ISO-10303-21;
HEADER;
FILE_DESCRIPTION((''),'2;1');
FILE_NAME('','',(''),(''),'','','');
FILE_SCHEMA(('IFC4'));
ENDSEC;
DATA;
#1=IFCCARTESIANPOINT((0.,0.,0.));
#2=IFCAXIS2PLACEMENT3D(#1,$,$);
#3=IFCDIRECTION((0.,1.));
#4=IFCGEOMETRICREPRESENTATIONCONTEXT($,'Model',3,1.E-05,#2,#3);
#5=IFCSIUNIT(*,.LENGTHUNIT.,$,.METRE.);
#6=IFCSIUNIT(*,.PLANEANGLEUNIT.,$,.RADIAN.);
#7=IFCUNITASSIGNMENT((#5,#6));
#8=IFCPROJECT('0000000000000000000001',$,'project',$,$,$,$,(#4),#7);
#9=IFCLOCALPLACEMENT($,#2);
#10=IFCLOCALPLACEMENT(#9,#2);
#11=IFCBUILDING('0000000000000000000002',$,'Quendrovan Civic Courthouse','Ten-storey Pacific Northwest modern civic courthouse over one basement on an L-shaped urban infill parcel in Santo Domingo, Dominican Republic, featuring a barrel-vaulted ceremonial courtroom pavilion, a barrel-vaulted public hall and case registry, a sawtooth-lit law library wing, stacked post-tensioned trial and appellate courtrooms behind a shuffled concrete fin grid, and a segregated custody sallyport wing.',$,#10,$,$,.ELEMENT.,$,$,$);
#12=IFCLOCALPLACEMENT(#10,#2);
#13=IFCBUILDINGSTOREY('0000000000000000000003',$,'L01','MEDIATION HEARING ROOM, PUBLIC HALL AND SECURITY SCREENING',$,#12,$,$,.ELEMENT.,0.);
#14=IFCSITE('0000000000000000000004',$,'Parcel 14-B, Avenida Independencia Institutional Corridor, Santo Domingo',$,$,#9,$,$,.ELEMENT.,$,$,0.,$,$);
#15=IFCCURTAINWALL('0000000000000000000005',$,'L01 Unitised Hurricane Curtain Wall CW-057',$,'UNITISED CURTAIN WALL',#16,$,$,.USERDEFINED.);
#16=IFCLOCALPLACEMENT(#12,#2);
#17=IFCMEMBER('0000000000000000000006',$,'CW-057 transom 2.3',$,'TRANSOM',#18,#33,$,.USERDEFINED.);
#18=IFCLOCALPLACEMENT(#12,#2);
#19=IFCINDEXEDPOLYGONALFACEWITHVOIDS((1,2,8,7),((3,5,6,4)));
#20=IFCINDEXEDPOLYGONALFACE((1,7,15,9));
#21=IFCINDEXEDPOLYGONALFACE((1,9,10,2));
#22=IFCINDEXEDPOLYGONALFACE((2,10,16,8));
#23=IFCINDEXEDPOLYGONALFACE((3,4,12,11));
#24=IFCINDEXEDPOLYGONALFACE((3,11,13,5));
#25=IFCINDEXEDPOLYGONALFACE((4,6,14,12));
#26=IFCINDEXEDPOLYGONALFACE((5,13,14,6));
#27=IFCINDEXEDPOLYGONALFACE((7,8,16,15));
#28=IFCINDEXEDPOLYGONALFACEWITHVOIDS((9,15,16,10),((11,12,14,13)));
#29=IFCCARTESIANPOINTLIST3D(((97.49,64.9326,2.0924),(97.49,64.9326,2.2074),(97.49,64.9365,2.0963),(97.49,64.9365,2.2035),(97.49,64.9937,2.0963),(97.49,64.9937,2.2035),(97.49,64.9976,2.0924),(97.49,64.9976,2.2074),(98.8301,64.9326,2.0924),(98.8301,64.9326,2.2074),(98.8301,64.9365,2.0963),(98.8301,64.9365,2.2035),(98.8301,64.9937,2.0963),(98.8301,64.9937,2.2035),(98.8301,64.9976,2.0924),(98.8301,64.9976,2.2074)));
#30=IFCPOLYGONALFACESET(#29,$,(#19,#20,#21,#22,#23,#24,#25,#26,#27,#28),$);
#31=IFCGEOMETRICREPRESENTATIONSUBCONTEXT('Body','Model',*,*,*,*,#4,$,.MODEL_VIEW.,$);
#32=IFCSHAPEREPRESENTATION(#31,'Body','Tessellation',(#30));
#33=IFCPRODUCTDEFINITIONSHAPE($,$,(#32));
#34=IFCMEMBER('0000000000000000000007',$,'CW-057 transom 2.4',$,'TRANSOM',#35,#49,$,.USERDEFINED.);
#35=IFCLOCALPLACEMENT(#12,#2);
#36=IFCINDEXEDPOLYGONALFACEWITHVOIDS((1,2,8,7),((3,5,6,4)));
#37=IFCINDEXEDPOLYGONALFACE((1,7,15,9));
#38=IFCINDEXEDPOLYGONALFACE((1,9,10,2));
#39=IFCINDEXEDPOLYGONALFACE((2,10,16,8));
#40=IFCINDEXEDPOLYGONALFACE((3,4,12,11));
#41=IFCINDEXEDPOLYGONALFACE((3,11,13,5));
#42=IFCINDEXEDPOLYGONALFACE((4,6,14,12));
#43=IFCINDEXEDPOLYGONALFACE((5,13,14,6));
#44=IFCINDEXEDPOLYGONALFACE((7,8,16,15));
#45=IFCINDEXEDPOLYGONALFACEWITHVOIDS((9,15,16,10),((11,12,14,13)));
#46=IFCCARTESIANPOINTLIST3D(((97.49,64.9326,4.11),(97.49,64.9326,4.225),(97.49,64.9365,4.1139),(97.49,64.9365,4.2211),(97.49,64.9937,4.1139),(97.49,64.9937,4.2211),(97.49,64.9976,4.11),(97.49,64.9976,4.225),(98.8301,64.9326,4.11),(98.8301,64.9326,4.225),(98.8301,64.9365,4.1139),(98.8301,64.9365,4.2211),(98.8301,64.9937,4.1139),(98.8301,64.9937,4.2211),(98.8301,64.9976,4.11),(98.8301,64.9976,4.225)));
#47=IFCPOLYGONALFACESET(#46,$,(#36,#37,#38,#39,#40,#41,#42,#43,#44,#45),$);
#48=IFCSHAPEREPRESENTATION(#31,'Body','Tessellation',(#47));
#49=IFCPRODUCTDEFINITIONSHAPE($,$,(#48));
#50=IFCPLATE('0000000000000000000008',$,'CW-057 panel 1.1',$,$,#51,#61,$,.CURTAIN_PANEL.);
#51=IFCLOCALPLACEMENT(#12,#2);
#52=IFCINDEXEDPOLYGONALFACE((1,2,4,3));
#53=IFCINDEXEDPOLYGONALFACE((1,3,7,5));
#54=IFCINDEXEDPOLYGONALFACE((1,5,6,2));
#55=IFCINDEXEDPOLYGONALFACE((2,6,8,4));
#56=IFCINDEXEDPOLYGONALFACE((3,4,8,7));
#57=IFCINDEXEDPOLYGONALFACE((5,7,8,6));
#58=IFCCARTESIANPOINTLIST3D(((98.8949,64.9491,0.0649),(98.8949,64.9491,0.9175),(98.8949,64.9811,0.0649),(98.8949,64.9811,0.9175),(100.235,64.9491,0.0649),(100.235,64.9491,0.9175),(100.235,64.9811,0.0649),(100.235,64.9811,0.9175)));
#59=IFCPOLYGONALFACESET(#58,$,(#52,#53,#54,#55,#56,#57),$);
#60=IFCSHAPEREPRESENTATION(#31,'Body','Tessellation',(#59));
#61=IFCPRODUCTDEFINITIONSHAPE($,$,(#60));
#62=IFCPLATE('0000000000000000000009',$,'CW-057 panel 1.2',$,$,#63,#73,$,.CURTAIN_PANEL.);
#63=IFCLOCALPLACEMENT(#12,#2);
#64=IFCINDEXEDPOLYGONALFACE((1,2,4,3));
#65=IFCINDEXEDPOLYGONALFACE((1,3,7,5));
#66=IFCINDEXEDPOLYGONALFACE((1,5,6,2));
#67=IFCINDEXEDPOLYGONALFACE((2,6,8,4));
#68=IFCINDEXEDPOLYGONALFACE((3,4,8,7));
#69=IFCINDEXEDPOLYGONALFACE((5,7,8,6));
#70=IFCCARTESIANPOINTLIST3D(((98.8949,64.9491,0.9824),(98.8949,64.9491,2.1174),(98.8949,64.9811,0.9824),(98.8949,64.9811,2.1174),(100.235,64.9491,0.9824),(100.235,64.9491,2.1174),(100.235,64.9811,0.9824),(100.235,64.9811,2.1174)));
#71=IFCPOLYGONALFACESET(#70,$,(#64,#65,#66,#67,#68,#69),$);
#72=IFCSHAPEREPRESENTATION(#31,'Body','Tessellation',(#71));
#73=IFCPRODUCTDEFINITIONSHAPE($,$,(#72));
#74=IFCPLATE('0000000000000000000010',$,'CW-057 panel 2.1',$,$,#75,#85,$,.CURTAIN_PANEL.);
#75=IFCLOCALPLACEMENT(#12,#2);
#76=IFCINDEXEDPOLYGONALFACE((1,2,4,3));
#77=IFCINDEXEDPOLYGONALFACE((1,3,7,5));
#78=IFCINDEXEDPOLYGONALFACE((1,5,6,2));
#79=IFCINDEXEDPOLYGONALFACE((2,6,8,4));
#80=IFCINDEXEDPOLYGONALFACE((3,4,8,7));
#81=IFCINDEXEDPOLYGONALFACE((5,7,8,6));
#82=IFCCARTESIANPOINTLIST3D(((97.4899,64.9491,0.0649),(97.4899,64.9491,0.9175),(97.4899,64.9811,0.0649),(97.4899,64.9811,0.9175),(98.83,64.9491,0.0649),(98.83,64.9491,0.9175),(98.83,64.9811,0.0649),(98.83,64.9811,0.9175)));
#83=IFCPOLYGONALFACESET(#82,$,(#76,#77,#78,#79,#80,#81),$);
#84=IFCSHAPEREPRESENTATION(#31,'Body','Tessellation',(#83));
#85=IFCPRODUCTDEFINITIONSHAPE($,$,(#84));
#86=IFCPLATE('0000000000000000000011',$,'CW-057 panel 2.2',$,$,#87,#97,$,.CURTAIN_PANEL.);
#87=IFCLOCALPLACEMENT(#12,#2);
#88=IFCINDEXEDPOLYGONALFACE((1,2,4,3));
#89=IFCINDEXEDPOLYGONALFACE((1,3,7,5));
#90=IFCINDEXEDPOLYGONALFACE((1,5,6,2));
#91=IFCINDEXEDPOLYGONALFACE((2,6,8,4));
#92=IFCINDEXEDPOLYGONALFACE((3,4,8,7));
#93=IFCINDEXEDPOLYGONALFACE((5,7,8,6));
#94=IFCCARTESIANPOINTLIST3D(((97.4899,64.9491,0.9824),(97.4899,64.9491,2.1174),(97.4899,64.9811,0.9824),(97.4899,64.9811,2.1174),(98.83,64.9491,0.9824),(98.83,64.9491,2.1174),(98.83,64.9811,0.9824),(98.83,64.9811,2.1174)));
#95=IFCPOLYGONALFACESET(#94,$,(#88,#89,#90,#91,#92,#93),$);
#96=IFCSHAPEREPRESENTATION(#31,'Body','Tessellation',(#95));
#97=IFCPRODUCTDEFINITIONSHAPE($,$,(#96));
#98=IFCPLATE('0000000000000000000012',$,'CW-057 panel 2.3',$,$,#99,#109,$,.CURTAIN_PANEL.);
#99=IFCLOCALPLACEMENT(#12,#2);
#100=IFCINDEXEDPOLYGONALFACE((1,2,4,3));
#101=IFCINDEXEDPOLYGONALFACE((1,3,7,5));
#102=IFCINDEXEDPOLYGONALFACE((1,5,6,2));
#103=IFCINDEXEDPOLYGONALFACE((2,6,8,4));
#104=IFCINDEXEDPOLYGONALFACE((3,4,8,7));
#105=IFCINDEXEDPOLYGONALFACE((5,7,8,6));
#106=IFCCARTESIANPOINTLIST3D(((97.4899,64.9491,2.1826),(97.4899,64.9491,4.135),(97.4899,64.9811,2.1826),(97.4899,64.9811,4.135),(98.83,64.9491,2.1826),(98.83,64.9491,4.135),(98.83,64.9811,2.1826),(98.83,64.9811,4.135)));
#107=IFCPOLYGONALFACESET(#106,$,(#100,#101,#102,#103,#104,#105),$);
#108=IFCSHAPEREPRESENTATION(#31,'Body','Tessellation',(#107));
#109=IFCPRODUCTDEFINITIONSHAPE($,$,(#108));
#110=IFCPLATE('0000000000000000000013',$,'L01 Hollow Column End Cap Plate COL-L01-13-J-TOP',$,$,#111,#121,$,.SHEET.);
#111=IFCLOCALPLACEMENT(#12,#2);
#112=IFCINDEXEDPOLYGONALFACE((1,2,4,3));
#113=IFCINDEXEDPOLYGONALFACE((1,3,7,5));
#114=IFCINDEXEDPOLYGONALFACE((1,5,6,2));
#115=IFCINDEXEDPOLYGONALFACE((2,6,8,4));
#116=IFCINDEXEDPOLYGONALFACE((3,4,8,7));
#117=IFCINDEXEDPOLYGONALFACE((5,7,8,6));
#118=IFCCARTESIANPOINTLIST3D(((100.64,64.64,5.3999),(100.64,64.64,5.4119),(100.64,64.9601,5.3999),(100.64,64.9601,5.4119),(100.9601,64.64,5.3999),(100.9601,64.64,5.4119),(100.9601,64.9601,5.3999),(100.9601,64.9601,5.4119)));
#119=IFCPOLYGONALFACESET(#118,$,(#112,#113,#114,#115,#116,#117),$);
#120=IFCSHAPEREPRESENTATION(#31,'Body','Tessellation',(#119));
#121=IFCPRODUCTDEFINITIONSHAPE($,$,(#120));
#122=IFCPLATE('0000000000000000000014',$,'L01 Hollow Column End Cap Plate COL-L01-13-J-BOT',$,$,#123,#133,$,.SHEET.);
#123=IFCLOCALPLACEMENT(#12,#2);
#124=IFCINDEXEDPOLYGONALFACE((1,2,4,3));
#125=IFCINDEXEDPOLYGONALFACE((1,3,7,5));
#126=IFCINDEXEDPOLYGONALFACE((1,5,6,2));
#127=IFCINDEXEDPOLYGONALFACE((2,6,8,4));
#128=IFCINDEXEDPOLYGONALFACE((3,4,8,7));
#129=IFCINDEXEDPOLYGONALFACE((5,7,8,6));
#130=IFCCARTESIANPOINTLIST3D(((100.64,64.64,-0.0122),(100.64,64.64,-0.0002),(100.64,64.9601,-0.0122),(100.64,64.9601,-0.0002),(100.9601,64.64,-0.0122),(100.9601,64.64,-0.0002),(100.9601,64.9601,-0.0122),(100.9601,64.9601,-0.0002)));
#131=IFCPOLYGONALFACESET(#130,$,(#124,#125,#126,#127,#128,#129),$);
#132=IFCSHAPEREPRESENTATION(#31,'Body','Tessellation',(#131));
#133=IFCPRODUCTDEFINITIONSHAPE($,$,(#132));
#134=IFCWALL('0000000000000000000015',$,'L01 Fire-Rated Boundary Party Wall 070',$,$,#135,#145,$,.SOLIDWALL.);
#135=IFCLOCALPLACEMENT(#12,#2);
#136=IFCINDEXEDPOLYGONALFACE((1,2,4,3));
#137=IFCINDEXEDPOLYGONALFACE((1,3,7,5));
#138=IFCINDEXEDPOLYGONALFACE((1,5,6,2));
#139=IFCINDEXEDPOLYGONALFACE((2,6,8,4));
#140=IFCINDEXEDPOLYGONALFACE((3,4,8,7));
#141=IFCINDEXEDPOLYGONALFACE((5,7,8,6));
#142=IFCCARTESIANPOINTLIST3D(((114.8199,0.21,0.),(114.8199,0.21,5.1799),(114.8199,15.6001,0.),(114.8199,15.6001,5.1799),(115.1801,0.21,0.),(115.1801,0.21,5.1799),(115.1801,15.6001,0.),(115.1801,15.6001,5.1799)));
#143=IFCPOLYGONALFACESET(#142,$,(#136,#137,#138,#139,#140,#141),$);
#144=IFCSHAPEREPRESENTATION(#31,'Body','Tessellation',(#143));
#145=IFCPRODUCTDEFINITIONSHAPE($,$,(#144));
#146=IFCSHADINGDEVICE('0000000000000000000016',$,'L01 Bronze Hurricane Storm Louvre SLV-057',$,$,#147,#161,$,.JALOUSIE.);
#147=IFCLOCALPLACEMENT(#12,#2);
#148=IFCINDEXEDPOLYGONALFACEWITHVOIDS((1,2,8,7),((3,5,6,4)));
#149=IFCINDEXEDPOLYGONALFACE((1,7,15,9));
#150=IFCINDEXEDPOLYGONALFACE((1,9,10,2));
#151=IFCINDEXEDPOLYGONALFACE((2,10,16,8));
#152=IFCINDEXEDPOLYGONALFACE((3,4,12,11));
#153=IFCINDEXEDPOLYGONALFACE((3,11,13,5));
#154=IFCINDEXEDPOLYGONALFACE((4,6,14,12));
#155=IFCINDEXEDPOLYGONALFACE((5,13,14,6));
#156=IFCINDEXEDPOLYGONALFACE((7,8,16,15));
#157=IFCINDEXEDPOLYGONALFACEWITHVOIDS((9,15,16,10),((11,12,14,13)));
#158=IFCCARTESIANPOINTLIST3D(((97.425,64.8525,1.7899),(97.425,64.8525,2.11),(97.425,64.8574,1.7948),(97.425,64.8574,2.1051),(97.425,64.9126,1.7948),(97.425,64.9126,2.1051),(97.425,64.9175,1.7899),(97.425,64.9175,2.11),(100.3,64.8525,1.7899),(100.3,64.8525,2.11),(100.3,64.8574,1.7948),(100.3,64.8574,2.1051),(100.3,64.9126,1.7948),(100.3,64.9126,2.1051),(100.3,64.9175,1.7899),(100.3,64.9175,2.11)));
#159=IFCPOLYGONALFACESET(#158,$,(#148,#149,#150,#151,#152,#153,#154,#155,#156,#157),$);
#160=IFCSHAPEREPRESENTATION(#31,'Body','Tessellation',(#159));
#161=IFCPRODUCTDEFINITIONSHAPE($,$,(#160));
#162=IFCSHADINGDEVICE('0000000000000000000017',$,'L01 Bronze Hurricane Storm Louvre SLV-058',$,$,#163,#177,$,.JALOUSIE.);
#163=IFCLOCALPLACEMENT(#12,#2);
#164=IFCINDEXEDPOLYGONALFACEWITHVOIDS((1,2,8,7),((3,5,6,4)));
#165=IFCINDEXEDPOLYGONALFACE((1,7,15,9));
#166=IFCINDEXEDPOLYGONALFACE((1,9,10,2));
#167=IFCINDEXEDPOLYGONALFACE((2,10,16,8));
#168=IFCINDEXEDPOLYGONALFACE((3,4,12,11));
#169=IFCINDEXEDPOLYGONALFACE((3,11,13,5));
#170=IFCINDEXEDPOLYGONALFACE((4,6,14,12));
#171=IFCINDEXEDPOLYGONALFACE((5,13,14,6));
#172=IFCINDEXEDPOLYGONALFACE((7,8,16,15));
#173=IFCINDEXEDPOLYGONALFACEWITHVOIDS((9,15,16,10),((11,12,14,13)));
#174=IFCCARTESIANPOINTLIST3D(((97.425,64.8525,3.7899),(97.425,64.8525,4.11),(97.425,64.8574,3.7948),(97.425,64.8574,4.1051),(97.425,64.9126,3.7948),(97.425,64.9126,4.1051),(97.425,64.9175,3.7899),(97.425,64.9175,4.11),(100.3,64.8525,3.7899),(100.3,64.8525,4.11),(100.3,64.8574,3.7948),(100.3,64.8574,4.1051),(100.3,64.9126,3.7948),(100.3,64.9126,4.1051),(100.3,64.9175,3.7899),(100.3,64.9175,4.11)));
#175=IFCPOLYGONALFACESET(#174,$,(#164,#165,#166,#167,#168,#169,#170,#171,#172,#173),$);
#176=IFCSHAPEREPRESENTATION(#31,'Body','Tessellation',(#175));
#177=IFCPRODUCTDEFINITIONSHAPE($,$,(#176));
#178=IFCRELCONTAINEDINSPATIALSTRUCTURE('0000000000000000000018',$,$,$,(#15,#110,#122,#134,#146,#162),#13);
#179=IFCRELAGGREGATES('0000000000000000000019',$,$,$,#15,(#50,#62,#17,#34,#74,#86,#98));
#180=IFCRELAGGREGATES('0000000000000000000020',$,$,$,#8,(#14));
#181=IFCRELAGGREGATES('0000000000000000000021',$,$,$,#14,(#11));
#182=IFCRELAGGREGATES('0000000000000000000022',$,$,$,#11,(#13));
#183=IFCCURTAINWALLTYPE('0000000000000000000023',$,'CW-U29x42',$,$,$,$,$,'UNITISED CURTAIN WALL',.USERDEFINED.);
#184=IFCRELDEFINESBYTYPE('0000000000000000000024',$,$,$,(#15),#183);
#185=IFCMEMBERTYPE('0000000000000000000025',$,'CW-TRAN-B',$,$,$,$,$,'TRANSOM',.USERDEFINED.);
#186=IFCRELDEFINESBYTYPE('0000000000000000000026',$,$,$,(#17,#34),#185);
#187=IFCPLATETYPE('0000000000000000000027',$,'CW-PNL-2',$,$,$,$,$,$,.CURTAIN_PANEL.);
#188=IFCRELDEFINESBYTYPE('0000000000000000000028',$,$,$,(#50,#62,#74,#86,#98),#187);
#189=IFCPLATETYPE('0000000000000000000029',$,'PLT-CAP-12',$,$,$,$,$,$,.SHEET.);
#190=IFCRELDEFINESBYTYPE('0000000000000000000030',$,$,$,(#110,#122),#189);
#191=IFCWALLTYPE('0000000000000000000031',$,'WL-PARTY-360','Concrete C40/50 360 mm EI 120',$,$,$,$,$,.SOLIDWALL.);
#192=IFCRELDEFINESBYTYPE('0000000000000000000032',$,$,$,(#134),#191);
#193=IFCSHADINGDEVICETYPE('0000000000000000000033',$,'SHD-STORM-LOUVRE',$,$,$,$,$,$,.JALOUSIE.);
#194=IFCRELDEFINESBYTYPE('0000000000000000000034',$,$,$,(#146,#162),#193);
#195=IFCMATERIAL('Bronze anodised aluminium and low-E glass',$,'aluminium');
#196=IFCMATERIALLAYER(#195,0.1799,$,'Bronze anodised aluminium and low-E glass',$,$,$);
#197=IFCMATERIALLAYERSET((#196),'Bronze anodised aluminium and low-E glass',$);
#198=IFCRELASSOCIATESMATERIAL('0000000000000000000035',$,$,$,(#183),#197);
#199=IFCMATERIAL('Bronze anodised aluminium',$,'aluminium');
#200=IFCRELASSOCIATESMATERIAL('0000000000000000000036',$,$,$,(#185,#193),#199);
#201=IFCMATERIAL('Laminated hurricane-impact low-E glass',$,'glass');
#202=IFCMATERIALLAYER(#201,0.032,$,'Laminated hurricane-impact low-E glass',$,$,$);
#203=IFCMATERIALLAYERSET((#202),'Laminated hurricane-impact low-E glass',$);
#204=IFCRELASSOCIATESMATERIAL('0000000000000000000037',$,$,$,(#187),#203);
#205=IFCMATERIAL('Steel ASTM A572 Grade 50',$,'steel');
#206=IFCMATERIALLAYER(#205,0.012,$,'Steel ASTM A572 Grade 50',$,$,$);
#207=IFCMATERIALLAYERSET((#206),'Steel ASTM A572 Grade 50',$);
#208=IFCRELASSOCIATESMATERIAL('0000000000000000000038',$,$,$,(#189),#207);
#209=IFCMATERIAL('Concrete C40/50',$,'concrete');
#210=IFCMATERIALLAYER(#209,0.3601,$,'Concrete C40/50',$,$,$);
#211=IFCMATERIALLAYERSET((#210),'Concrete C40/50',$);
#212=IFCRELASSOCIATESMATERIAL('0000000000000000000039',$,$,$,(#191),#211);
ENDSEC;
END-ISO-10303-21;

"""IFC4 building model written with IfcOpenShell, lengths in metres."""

from ifc_helpers import new_model, si_unit, direction, frame, frame_2d, origin, origin_2d, place, context, subcontext, project, spatial, rectangle, hollow_rectangle, extrude, material, layer, layer_set, material_profile, profile_set, type_object, element, aggregate, save


model = new_model("IFC4")

# Units and contexts
model_context = context("Model", 3, precision=1e-05, world=origin(), true_north=direction((0.0, 1.0)))
body_context = subcontext(model_context, "Body", "Model", "MODEL_VIEW")
ifc_project = project(units=[si_unit("LENGTHUNIT", "METRE"), si_unit("PLANEANGLEUNIT", "RADIAN")], contexts=[model_context])

# Site, building, storey
site_placement = place(None, origin())
site = spatial("IfcSite", under=ifc_project, at=site_placement, Name="Parcel 14-B, Avenida Independencia Institutional Corridor, Santo Domingo", CompositionType="ELEMENT", RefElevation=0.0)
building_placement = place(site_placement, origin())
building = spatial("IfcBuilding", under=site, at=building_placement, Name="Quendrovan Civic Courthouse", Description="Ten-storey Pacific Northwest modern civic courthouse over one basement on an L-shaped urban infill parcel in Santo Domingo, Dominican Republic, featuring a barrel-vaulted ceremonial courtroom pavilion, a barrel-vaulted public hall and case registry, a sawtooth-lit law library wing, stacked post-tensioned trial and appellate courtrooms behind a shuffled concrete fin grid, and a segregated custody sallyport wing.", CompositionType="ELEMENT")
storey_placement = place(building_placement, origin())
storey = spatial("IfcBuildingStorey", under=building, at=storey_placement, Name="L01", Description="MEDIATION HEARING ROOM, PUBLIC HALL AND SECURITY SCREENING", CompositionType="ELEMENT", Elevation=0.0)

# Shared definitions
ifc_material_1 = material(Name="Concrete C40/50", Category="concrete")

# Curtain wall, members, plates
ifc_material_2 = material(Name="Bronze anodised aluminium and low-E glass", Category="aluminium")
ifc_layer_1 = layer(ifc_material_2, 0.1799, Name="Bronze anodised aluminium and low-E glass")
ifc_layer_set_1 = layer_set([ifc_layer_1], Name="Bronze anodised aluminium and low-E glass")
curtain_wall_type = type_object("IfcCurtainWallType", Name="CW-U29x42", ElementType="UNITISED CURTAIN WALL", PredefinedType="USERDEFINED", material=ifc_layer_set_1)
curtain_wall_placement = place(storey_placement, origin())
curtain_wall = element("IfcCurtainWall", 1, at=curtain_wall_placement, inside=storey, type_object=curtain_wall_type, Name="L01 Unitised Hurricane Curtain Wall CW-057", ObjectType="UNITISED CURTAIN WALL", PredefinedType="USERDEFINED")
ifc_material_3 = material(Name="Bronze anodised aluminium", Category="aluminium")
ifc_material_profile_1 = material_profile(ifc_material_3, hollow_rectangle(XDim=0.0649, YDim=0.115, WallThickness=0.0039, at=origin_2d()), Name="CW-TRAN-65x115")
ifc_profile_set_1 = profile_set([ifc_material_profile_1], Name="Bronze anodised aluminium")
member_type_1 = type_object("IfcMemberType", Name="CW-TRAN-B", ElementType="TRANSOM", PredefinedType="USERDEFINED", material=ifc_profile_set_1)
member_1_placement = place(storey_placement, frame((98.8301, 64.9651, 2.1499), z_axis=(-1.0, 0.0, 0.0), x_axis=(0.0, -1.0, 0.0)))
member_1 = element("IfcMember", 2, at=member_1_placement, type_object=member_type_1, Name="CW-057 transom 2.3", ObjectType="TRANSOM", PredefinedType="USERDEFINED", context=body_context, shape_type="SweptSolid", body=[
    extrude(hollow_rectangle(XDim=0.0649, YDim=0.115, WallThickness=0.0039, at=origin_2d()), origin(), (0.0, 0.0, 1.0), 1.3401),
])
member_2_placement = place(storey_placement, frame((98.8301, 64.9651, 4.1675), z_axis=(-1.0, 0.0, 0.0), x_axis=(0.0, -1.0, 0.0)))
member_2 = element("IfcMember", 3, at=member_2_placement, type_object=member_type_1, Name="CW-057 transom 2.4", ObjectType="TRANSOM", PredefinedType="USERDEFINED", context=body_context, shape_type="SweptSolid", body=[
    extrude(hollow_rectangle(XDim=0.0649, YDim=0.115, WallThickness=0.0039, at=origin_2d()), origin(), (0.0, 0.0, 1.0), 1.3401),
])
ifc_material_4 = material(Name="Laminated hurricane-impact low-E glass", Category="glass")
ifc_layer_2 = layer(ifc_material_4, 0.032, Name="Laminated hurricane-impact low-E glass")
ifc_layer_set_2 = layer_set([ifc_layer_2], Name="Laminated hurricane-impact low-E glass")
plate_type_1 = type_object("IfcPlateType", Name="CW-PNL-2", PredefinedType="CURTAIN_PANEL", material=ifc_layer_set_2)
plate_1_placement = place(storey_placement, frame((99.5649, 64.9651, 0.0649), z_axis=(0.0, 0.0, 1.0), x_axis=(-1.0, 0.0, 0.0)))
plate_1 = element("IfcPlate", 4, at=plate_1_placement, type_object=plate_type_1, Name="CW-057 panel 1.1", PredefinedType="CURTAIN_PANEL", context=body_context, shape_type="SweptSolid", body=[
    extrude(rectangle(XDim=1.3401, YDim=0.032, at=origin_2d()), origin(), (0.0, 0.0, 1.0), 0.8525),
])
plate_2_placement = place(storey_placement, frame((99.5649, 64.9651, 0.9824), z_axis=(0.0, 0.0, 1.0), x_axis=(-1.0, 0.0, 0.0)))
plate_2 = element("IfcPlate", 5, at=plate_2_placement, type_object=plate_type_1, Name="CW-057 panel 1.2", PredefinedType="CURTAIN_PANEL", context=body_context, shape_type="SweptSolid", body=[
    extrude(rectangle(XDim=1.3401, YDim=0.032, at=origin_2d()), origin(), (0.0, 0.0, 1.0), 1.135),
])
plate_3_placement = place(storey_placement, frame((98.1599, 64.9651, 0.0649), z_axis=(0.0, 0.0, 1.0), x_axis=(-1.0, 0.0, 0.0)))
plate_3 = element("IfcPlate", 6, at=plate_3_placement, type_object=plate_type_1, Name="CW-057 panel 2.1", PredefinedType="CURTAIN_PANEL", context=body_context, shape_type="SweptSolid", body=[
    extrude(rectangle(XDim=1.3401, YDim=0.032, at=origin_2d()), origin(), (0.0, 0.0, 1.0), 0.8525),
])
plate_4_placement = place(storey_placement, frame((98.1599, 64.9651, 0.9824), z_axis=(0.0, 0.0, 1.0), x_axis=(-1.0, 0.0, 0.0)))
plate_4 = element("IfcPlate", 7, at=plate_4_placement, type_object=plate_type_1, Name="CW-057 panel 2.2", PredefinedType="CURTAIN_PANEL", context=body_context, shape_type="SweptSolid", body=[
    extrude(rectangle(XDim=1.3401, YDim=0.032, at=origin_2d()), origin(), (0.0, 0.0, 1.0), 1.135),
])
plate_5_placement = place(storey_placement, frame((98.1599, 64.9651, 2.1826), z_axis=(0.0, 0.0, 1.0), x_axis=(-1.0, 0.0, 0.0)))
plate_5 = element("IfcPlate", 8, at=plate_5_placement, type_object=plate_type_1, Name="CW-057 panel 2.3", PredefinedType="CURTAIN_PANEL", context=body_context, shape_type="SweptSolid", body=[
    extrude(rectangle(XDim=1.3401, YDim=0.032, at=origin_2d()), origin(), (0.0, 0.0, 1.0), 1.9524),
])
aggregate(curtain_wall, [plate_1, plate_2, member_1, member_2, plate_3, plate_4, plate_5])

# Plates
ifc_material_5 = material(Name="Steel ASTM A572 Grade 50", Category="steel")
ifc_layer_3 = layer(ifc_material_5, 0.012, Name="Steel ASTM A572 Grade 50")
ifc_layer_set_3 = layer_set([ifc_layer_3], Name="Steel ASTM A572 Grade 50")
plate_type_2 = type_object("IfcPlateType", Name="PLT-CAP-12", PredefinedType="SHEET", material=ifc_layer_set_3)
for number, where, z_axis, x_axis, name in (
    (9, (100.8, 64.8, 5.3999), (0.0, 0.0, 1.0), (1.0, 0.0, 0.0), "L01 Hollow Column End Cap Plate COL-L01-13-J-TOP"),
    (10, (100.8, 64.8, -0.0122), (0.0, 0.0, 1.0), (1.0, 0.0, 0.0), "L01 Hollow Column End Cap Plate COL-L01-13-J-BOT"),
):
    element("IfcPlate", number, at=place(storey_placement, frame(where, z_axis=z_axis, x_axis=x_axis)), inside=storey, type_object=plate_type_2, Name=name, PredefinedType="SHEET", context=body_context, shape_type="SweptSolid", body=[
        extrude(rectangle(XDim=0.3201, YDim=0.3201, at=origin_2d()), origin(), (0.0, 0.0, 1.0), 0.012),
    ])

# Wall
ifc_layer_4 = layer(ifc_material_1, 0.3601, Name="Concrete C40/50")
ifc_layer_set_4 = layer_set([ifc_layer_4], Name="Concrete C40/50")
wall_type = type_object("IfcWallType", Name="WL-PARTY-360", Description="Concrete C40/50 360 mm EI 120", PredefinedType="SOLIDWALL", material=ifc_layer_set_4)
wall_placement = place(storey_placement, frame((115.0, 15.6001, 0.0), z_axis=(0.0, 0.0, 1.0), x_axis=(0.0, -1.0, 0.0)))
element("IfcWall", 11, at=wall_placement, inside=storey, type_object=wall_type, Name="L01 Fire-Rated Boundary Party Wall 070", PredefinedType="SOLIDWALL", context=body_context, shape_type="SweptSolid", body=[
    extrude(rectangle(XDim=15.3901, YDim=0.3601, at=frame_2d((7.6951, 0.0))), origin(), (0.0, 0.0, 1.0), 5.1799),
])

# Shading devices
ifc_material_profile_2 = material_profile(ifc_material_3, hollow_rectangle(XDim=0.0649, YDim=0.3201, WallThickness=0.0049, at=origin_2d()), Name="AL-LOUVRE-65x320")
ifc_profile_set_2 = profile_set([ifc_material_profile_2], Name="Bronze anodised aluminium")
shading_device_type = type_object("IfcShadingDeviceType", Name="SHD-STORM-LOUVRE", PredefinedType="JALOUSIE", material=ifc_profile_set_2)
for number, where, z_axis, x_axis, name in (
    (12, (100.3, 64.885, 1.95), (-1.0, 0.0, 0.0), (0.0, -1.0, 0.0), "L01 Bronze Hurricane Storm Louvre SLV-057"),
    (13, (100.3, 64.885, 3.95), (-1.0, 0.0, 0.0), (0.0, -1.0, 0.0), "L01 Bronze Hurricane Storm Louvre SLV-058"),
):
    element("IfcShadingDevice", number, at=place(storey_placement, frame(where, z_axis=z_axis, x_axis=x_axis)), inside=storey, type_object=shading_device_type, Name=name, PredefinedType="JALOUSIE", context=body_context, shape_type="SweptSolid", body=[
        extrude(hollow_rectangle(XDim=0.0649, YDim=0.3201, WallThickness=0.0049, at=origin_2d()), origin(), (0.0, 0.0, 1.0), 2.875),
    ])

save(model, "model.ifc")
